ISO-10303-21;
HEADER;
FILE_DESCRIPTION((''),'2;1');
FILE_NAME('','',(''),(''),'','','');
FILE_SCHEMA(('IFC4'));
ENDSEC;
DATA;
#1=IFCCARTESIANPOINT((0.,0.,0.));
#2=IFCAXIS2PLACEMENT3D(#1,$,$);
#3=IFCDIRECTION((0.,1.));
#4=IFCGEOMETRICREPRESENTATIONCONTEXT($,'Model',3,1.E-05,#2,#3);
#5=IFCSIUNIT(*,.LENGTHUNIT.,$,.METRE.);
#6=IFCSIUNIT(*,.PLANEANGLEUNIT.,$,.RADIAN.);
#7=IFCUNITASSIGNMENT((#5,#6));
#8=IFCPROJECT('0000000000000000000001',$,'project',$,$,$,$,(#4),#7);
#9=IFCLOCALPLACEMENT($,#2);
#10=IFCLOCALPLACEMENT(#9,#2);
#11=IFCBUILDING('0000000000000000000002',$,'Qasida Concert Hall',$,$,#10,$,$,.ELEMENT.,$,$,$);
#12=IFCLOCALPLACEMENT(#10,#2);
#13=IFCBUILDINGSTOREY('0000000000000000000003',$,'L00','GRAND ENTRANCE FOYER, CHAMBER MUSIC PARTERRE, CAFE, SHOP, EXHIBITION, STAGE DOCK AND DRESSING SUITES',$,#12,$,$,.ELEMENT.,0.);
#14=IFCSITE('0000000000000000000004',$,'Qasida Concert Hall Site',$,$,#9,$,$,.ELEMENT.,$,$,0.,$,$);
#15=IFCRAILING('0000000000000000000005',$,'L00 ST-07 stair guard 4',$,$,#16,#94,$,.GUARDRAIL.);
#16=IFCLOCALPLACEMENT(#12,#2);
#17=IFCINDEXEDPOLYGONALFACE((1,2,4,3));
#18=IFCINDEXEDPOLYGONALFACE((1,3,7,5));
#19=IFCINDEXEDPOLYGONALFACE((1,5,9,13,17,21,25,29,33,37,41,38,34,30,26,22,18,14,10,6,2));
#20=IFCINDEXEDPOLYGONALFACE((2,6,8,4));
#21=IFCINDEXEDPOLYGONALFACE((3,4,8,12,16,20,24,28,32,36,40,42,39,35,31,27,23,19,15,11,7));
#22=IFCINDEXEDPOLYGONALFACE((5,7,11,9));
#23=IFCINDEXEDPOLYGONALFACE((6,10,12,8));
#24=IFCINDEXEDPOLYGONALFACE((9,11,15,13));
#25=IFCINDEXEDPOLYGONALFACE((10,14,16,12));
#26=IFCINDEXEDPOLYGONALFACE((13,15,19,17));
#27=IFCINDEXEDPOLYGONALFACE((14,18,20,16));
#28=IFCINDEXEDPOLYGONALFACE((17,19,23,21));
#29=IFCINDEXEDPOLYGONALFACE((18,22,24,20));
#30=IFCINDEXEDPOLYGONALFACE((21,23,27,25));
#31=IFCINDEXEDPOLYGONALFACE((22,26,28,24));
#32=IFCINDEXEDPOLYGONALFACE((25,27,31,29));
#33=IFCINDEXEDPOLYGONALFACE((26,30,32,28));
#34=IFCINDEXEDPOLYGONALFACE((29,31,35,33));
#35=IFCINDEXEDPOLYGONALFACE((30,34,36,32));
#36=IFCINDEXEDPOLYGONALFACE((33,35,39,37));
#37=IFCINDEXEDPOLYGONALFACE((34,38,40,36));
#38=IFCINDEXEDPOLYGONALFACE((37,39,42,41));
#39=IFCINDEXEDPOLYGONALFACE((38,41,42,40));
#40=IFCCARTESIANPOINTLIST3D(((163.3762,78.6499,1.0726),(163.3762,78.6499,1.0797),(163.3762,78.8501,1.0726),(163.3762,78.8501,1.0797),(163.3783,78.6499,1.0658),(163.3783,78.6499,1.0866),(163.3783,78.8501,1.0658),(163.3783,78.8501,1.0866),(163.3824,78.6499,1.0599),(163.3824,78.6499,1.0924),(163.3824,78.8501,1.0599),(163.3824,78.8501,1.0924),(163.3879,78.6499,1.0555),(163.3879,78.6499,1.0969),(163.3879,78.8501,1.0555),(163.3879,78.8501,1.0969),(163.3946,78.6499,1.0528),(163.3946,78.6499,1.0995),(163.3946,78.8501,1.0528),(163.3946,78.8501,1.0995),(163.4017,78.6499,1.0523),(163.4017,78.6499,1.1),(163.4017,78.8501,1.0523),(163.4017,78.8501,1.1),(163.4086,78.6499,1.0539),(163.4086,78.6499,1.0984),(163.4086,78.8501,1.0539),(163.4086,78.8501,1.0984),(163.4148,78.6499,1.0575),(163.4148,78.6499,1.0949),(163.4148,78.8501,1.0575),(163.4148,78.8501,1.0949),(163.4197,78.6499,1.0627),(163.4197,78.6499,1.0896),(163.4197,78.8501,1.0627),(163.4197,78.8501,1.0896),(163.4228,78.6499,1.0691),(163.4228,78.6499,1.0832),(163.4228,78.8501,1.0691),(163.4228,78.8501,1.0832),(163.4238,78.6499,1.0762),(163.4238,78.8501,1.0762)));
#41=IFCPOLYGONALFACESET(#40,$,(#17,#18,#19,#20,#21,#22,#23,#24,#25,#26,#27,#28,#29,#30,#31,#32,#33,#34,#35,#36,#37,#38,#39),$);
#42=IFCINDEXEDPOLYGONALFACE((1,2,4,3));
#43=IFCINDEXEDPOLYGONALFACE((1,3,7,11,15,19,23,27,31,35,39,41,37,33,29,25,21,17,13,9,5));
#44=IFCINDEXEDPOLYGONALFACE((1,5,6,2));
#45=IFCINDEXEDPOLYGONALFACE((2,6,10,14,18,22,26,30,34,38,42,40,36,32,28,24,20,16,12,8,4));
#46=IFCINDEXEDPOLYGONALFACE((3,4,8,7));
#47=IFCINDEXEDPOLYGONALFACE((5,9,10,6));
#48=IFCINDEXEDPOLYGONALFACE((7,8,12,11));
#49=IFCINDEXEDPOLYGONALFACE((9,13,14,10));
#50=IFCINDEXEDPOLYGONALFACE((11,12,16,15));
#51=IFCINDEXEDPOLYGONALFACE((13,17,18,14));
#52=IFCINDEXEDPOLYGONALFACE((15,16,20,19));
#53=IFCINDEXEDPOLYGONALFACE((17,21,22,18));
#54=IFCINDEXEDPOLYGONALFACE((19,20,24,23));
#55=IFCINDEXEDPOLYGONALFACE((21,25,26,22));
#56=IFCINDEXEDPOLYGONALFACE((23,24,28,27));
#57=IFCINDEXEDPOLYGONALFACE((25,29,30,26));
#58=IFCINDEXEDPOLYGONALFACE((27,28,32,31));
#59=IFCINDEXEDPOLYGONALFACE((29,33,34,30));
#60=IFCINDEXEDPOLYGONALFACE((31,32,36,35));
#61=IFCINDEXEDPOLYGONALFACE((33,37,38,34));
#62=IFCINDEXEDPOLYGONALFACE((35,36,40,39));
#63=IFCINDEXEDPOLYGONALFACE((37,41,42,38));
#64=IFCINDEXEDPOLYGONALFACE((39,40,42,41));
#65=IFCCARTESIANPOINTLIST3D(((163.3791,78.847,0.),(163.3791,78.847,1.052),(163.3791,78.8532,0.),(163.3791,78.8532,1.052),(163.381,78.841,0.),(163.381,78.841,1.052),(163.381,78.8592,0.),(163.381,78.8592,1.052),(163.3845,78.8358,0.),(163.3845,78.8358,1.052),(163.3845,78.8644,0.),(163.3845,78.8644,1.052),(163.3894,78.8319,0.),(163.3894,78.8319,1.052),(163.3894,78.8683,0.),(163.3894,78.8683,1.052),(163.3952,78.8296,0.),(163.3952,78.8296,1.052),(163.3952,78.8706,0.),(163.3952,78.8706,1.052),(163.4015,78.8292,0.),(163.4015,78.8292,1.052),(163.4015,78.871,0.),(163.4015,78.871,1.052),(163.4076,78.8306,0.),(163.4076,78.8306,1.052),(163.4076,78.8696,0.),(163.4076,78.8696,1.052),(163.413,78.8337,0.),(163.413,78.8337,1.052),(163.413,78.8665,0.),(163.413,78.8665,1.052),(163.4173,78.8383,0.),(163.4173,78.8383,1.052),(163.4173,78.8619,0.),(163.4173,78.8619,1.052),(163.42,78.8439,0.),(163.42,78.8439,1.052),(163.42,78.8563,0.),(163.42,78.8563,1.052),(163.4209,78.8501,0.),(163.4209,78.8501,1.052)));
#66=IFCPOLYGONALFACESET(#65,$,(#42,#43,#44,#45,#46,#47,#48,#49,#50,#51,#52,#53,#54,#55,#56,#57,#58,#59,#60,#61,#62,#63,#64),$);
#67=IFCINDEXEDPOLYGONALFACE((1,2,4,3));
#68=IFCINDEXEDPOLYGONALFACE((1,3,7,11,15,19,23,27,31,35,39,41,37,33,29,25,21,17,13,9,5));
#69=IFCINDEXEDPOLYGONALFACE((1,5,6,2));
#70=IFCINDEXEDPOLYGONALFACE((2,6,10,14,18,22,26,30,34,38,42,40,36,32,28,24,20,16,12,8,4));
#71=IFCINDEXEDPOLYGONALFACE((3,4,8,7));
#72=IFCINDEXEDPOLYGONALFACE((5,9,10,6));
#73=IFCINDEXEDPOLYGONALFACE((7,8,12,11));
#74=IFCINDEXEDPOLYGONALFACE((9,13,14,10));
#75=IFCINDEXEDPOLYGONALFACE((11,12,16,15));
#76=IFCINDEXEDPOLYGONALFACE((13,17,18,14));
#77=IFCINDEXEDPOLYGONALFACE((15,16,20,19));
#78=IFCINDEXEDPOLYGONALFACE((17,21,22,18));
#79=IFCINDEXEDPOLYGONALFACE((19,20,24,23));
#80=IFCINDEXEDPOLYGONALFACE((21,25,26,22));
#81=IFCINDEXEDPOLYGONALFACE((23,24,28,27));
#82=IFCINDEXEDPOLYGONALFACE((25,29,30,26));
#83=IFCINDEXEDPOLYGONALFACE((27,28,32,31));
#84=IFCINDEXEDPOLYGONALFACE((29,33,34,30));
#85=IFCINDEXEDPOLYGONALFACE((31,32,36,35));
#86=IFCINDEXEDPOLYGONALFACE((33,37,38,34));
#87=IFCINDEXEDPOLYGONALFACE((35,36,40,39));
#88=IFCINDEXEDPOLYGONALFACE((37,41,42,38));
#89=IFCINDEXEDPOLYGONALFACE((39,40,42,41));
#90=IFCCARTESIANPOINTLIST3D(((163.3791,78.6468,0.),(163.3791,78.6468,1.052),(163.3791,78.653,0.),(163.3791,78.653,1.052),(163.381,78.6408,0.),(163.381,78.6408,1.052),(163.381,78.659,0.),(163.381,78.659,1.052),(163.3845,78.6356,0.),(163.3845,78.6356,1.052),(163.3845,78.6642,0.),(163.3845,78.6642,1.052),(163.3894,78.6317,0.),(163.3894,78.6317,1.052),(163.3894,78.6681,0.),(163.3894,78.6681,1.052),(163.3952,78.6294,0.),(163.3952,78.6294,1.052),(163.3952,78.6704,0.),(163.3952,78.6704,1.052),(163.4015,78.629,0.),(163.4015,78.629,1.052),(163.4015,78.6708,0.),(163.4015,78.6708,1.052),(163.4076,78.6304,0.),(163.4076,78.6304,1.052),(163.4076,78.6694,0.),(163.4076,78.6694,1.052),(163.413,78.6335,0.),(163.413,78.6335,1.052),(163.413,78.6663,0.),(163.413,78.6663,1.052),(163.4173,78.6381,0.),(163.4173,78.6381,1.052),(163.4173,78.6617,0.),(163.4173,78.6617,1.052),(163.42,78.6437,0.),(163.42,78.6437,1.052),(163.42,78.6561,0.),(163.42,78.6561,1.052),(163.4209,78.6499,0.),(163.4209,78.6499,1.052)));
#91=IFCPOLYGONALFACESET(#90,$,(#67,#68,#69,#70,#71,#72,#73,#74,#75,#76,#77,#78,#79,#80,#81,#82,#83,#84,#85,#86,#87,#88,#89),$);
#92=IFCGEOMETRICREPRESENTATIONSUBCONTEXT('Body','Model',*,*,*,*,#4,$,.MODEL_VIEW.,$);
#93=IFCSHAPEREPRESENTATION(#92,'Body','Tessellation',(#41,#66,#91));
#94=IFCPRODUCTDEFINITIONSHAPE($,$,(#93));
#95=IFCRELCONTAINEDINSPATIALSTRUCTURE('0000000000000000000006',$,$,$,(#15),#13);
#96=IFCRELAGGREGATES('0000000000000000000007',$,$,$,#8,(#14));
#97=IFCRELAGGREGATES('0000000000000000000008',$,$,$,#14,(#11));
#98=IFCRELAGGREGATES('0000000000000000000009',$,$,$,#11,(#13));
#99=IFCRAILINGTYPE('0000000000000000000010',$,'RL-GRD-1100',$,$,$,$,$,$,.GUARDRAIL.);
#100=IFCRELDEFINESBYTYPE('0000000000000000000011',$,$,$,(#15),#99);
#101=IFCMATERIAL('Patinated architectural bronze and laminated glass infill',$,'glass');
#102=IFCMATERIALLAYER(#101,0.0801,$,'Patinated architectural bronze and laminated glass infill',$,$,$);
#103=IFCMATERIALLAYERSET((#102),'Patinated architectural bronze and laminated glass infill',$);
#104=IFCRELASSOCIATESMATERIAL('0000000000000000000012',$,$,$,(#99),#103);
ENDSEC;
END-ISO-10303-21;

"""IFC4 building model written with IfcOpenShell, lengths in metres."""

from ifc_helpers import new_model, si_unit, direction, frame, origin, origin_2d, place, context, subcontext, project, spatial, circle, extrude, material, layer, layer_set, type_object, element, save


model = new_model("IFC4")

# Units and contexts
model_context = context("Model", 3, precision=1e-05, world=origin(), true_north=direction((0.0, 1.0)))
body_context = subcontext(model_context, "Body", "Model", "MODEL_VIEW")
ifc_project = project(units=[si_unit("LENGTHUNIT", "METRE"), si_unit("PLANEANGLEUNIT", "RADIAN")], contexts=[model_context])

# Site, building, storey
site_placement = place(None, origin())
site = spatial("IfcSite", under=ifc_project, at=site_placement, Name="Qasida Concert Hall Site", CompositionType="ELEMENT", RefElevation=0.0)
building_placement = place(site_placement, origin())
building = spatial("IfcBuilding", under=site, at=building_placement, Name="Qasida Concert Hall", CompositionType="ELEMENT")
storey_placement = place(building_placement, origin())
storey = spatial("IfcBuildingStorey", under=building, at=storey_placement, Name="L00", Description="GRAND ENTRANCE FOYER, CHAMBER MUSIC PARTERRE, CAFE, SHOP, EXHIBITION, STAGE DOCK AND DRESSING SUITES", CompositionType="ELEMENT", Elevation=0.0)

# Railing
ifc_material_1 = material(Name="Patinated architectural bronze and laminated glass infill", Category="glass")
ifc_layer_1 = layer(ifc_material_1, 0.0801, Name="Patinated architectural bronze and laminated glass infill")
ifc_layer_set_1 = layer_set([ifc_layer_1], Name="Patinated architectural bronze and laminated glass infill")
railing_type_1 = type_object("IfcRailingType", Name="RL-GRD-1100", PredefinedType="GUARDRAIL", material=ifc_layer_set_1)
railing_1_placement = place(storey_placement, frame((163.3999, 78.8501, 0.0)))
element("IfcRailing", 1, at=railing_1_placement, inside=storey, type_object=railing_type_1, Name="L00 ST-07 stair guard 4", PredefinedType="GUARDRAIL", context=body_context, shape_type="SweptSolid", body=[
    extrude(circle(Radius=0.0239, at=origin_2d()), frame((0.0, 0.0, 1.0762), z_axis=(0.0, -1.0, 0.0), x_axis=(1.0, 0.0, 0.0)), (0.0, 0.0, 1.0), 0.2002),
    extrude(circle(Radius=0.021, at=origin_2d()), origin(), (0.0, 0.0, 1.0), 1.052),
    extrude(circle(Radius=0.021, at=origin_2d()), frame((0.0, -0.2002, 0.0)), (0.0, 0.0, 1.0), 1.052),
])

save(model, "model.ifc")
